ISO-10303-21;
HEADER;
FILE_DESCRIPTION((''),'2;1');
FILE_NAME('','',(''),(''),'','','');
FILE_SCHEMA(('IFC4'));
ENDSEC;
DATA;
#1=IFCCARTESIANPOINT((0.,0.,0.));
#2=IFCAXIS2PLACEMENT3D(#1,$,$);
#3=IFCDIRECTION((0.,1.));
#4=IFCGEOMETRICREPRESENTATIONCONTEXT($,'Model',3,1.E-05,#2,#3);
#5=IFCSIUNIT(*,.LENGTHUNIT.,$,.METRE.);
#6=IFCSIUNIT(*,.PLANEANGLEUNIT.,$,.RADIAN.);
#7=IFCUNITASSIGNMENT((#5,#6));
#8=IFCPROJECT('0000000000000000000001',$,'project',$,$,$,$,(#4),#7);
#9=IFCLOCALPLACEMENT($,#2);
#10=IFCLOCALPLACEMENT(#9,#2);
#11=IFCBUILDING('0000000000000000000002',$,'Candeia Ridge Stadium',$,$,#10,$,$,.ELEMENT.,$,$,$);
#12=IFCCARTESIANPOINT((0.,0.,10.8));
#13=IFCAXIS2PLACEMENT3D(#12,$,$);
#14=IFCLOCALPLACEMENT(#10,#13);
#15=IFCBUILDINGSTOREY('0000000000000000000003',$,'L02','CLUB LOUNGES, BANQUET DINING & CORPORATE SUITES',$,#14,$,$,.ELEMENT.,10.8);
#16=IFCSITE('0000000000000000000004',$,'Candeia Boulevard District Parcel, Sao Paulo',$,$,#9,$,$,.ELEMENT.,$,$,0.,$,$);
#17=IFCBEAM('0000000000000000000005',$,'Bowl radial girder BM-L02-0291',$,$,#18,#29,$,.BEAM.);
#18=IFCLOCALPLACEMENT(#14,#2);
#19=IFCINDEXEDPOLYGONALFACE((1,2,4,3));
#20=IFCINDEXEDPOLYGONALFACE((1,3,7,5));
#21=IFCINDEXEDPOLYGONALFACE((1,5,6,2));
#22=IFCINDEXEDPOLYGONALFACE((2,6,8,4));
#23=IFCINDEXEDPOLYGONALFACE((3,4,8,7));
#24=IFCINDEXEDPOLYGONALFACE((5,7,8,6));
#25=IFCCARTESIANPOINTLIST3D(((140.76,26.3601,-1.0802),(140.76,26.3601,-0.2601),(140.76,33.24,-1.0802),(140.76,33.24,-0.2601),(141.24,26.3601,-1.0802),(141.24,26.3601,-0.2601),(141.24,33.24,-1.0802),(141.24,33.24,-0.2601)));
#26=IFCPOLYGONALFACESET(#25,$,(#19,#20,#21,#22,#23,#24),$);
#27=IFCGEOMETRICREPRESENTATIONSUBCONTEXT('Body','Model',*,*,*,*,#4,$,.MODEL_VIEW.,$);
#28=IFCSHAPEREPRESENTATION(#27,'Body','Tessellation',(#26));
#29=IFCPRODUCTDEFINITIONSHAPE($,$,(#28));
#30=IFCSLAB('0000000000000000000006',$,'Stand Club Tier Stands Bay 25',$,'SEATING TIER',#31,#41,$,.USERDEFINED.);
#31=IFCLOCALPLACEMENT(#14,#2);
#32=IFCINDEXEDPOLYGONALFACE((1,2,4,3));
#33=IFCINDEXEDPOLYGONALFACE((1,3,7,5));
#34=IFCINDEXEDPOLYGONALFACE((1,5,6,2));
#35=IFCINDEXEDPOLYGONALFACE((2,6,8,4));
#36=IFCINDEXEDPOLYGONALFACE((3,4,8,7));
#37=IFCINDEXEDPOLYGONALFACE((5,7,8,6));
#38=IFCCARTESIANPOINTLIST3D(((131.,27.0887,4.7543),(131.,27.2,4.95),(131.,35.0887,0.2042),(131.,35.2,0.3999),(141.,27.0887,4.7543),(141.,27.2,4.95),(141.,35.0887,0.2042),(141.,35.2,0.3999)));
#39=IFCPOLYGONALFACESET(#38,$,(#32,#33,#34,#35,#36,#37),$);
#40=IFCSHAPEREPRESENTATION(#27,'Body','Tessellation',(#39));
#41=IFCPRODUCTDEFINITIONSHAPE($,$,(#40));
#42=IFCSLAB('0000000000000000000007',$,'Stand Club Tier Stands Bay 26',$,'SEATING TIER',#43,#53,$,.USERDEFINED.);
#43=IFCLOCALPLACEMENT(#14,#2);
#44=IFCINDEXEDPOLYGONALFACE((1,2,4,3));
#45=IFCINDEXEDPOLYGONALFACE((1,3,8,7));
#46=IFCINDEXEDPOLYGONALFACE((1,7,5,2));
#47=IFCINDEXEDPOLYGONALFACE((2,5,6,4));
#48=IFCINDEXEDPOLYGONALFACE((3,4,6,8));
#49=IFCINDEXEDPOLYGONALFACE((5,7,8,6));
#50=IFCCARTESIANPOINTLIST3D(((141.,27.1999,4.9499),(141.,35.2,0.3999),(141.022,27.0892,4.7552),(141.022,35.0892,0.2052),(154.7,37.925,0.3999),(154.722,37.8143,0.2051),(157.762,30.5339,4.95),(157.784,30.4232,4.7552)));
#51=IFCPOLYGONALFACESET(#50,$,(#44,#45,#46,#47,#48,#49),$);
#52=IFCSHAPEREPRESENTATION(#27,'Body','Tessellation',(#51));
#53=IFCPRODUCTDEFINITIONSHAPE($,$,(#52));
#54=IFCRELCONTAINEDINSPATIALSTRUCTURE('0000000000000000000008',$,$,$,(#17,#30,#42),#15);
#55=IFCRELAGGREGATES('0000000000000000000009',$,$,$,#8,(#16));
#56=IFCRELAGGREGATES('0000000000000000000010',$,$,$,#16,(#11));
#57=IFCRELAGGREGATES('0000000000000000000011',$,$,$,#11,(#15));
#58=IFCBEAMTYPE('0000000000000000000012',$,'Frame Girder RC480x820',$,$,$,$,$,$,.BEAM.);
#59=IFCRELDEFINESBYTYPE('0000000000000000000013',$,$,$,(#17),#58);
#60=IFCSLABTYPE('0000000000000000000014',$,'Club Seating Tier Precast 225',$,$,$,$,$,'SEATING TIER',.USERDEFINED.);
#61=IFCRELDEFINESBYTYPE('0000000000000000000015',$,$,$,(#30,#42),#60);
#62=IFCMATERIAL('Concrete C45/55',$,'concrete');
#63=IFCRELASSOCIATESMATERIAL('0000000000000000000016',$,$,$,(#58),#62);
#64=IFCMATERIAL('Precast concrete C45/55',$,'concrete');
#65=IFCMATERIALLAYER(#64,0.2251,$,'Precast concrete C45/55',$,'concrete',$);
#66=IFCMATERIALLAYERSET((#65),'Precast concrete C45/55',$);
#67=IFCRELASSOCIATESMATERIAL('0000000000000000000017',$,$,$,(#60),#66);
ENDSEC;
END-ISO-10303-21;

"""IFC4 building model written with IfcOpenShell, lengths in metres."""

from ifc_helpers import new_model, si_unit, direction, frame, origin, origin_2d, place, context, subcontext, project, spatial, polyline, rectangle, outline, extrude, material, layer, layer_set, material_profile, profile_set, type_object, element, save


model = new_model("IFC4")

# Units and contexts
model_context = context("Model", 3, precision=1e-05, world=origin(), true_north=direction((0.0, 1.0)))
body_context = subcontext(model_context, "Body", "Model", "MODEL_VIEW")
ifc_project = project(units=[si_unit("LENGTHUNIT", "METRE"), si_unit("PLANEANGLEUNIT", "RADIAN")], contexts=[model_context])

# Site, building, storey
site_placement = place(None, origin())
site = spatial("IfcSite", under=ifc_project, at=site_placement, Name="Candeia Boulevard District Parcel, Sao Paulo", CompositionType="ELEMENT", RefElevation=0.0)
building_placement = place(site_placement, origin())
building = spatial("IfcBuilding", under=site, at=building_placement, Name="Candeia Ridge Stadium", CompositionType="ELEMENT")
storey_placement = place(building_placement, frame((0.0, 0.0, 10.8)))
storey = spatial("IfcBuildingStorey", under=building, at=storey_placement, Name="L02", Description="CLUB LOUNGES, BANQUET DINING & CORPORATE SUITES", CompositionType="ELEMENT", Elevation=10.8)

# Shared definitions
ifc_material_1 = material(Name="Concrete C45/55", Category="concrete")

# Beam
ifc_material_profile_1 = material_profile(ifc_material_1, rectangle(XDim=0.48, YDim=0.8201, at=origin_2d()), Name="RC480x820", Category="concrete")
ifc_profile_set_1 = profile_set([ifc_material_profile_1], Name="Concrete C45/55")
beam_type_1 = type_object("IfcBeamType", Name="Frame Girder RC480x820", PredefinedType="BEAM", material=ifc_profile_set_1)
beam_1_placement = place(storey_placement, frame((141.0, 33.24, -0.6702), z_axis=(0.0, -1.0, 0.0), x_axis=(1.0, 0.0, 0.0)))
element("IfcBeam", 1, at=beam_1_placement, inside=storey, type_object=beam_type_1, Name="Bowl radial girder BM-L02-0291", PredefinedType="BEAM", context=body_context, shape_type="SweptSolid", body=[
    extrude(rectangle(XDim=0.48, YDim=0.8201, at=origin_2d()), origin(), (0.0, 0.0, 1.0), 6.8799),
])

# Slabs
ifc_material_2 = material(Name="Precast concrete C45/55", Category="concrete")
ifc_layer_1 = layer(ifc_material_2, 0.2251, Name="Precast concrete C45/55", Category="concrete")
ifc_layer_set_1 = layer_set([ifc_layer_1], Name="Precast concrete C45/55")
slab_type = type_object("IfcSlabType", Name="Club Seating Tier Precast 225", ElementType="SEATING TIER", PredefinedType="USERDEFINED", material=ifc_layer_set_1)
slab_1_placement = place(storey_placement, frame((131.0, 35.2, 0.3999), z_axis=(0.0, 0.494387, 0.869242), x_axis=(1.0, 0.0, 0.0)))
element("IfcSlab", 2, at=slab_1_placement, inside=storey, type_object=slab_type, Name="Stand Club Tier Stands Bay 25", ObjectType="SEATING TIER", PredefinedType="USERDEFINED", context=body_context, shape_type="SweptSolid", body=[
    extrude(outline(polyline([(0.0, 0.0), (10.0, 0.0), (10.0, -9.2034), (0.0, -9.2034), (0.0, 0.0)])), origin(), (0.0, 0.0, -1.0), 0.2251),
])
slab_2_placement = place(storey_placement, frame((141.0, 35.2, 0.3999), z_axis=(-0.097864, 0.49201, 0.865072), x_axis=(0.980785, 0.195089, -0.000003)))
element("IfcSlab", 3, at=slab_2_placement, inside=storey, type_object=slab_type, Name="Stand Club Tier Stands Bay 26", ObjectType="SEATING TIER", PredefinedType="USERDEFINED", context=body_context, shape_type="SweptSolid", body=[
    extrude(outline(polyline([(0.0, 0.0), (13.9684, 0.0), (15.5296, -9.0703), (-1.5607, -9.0701), (0.0, 0.0)])), origin(), (0.0, 0.0, -1.0), 0.2251),
])

save(model, "model.ifc")
